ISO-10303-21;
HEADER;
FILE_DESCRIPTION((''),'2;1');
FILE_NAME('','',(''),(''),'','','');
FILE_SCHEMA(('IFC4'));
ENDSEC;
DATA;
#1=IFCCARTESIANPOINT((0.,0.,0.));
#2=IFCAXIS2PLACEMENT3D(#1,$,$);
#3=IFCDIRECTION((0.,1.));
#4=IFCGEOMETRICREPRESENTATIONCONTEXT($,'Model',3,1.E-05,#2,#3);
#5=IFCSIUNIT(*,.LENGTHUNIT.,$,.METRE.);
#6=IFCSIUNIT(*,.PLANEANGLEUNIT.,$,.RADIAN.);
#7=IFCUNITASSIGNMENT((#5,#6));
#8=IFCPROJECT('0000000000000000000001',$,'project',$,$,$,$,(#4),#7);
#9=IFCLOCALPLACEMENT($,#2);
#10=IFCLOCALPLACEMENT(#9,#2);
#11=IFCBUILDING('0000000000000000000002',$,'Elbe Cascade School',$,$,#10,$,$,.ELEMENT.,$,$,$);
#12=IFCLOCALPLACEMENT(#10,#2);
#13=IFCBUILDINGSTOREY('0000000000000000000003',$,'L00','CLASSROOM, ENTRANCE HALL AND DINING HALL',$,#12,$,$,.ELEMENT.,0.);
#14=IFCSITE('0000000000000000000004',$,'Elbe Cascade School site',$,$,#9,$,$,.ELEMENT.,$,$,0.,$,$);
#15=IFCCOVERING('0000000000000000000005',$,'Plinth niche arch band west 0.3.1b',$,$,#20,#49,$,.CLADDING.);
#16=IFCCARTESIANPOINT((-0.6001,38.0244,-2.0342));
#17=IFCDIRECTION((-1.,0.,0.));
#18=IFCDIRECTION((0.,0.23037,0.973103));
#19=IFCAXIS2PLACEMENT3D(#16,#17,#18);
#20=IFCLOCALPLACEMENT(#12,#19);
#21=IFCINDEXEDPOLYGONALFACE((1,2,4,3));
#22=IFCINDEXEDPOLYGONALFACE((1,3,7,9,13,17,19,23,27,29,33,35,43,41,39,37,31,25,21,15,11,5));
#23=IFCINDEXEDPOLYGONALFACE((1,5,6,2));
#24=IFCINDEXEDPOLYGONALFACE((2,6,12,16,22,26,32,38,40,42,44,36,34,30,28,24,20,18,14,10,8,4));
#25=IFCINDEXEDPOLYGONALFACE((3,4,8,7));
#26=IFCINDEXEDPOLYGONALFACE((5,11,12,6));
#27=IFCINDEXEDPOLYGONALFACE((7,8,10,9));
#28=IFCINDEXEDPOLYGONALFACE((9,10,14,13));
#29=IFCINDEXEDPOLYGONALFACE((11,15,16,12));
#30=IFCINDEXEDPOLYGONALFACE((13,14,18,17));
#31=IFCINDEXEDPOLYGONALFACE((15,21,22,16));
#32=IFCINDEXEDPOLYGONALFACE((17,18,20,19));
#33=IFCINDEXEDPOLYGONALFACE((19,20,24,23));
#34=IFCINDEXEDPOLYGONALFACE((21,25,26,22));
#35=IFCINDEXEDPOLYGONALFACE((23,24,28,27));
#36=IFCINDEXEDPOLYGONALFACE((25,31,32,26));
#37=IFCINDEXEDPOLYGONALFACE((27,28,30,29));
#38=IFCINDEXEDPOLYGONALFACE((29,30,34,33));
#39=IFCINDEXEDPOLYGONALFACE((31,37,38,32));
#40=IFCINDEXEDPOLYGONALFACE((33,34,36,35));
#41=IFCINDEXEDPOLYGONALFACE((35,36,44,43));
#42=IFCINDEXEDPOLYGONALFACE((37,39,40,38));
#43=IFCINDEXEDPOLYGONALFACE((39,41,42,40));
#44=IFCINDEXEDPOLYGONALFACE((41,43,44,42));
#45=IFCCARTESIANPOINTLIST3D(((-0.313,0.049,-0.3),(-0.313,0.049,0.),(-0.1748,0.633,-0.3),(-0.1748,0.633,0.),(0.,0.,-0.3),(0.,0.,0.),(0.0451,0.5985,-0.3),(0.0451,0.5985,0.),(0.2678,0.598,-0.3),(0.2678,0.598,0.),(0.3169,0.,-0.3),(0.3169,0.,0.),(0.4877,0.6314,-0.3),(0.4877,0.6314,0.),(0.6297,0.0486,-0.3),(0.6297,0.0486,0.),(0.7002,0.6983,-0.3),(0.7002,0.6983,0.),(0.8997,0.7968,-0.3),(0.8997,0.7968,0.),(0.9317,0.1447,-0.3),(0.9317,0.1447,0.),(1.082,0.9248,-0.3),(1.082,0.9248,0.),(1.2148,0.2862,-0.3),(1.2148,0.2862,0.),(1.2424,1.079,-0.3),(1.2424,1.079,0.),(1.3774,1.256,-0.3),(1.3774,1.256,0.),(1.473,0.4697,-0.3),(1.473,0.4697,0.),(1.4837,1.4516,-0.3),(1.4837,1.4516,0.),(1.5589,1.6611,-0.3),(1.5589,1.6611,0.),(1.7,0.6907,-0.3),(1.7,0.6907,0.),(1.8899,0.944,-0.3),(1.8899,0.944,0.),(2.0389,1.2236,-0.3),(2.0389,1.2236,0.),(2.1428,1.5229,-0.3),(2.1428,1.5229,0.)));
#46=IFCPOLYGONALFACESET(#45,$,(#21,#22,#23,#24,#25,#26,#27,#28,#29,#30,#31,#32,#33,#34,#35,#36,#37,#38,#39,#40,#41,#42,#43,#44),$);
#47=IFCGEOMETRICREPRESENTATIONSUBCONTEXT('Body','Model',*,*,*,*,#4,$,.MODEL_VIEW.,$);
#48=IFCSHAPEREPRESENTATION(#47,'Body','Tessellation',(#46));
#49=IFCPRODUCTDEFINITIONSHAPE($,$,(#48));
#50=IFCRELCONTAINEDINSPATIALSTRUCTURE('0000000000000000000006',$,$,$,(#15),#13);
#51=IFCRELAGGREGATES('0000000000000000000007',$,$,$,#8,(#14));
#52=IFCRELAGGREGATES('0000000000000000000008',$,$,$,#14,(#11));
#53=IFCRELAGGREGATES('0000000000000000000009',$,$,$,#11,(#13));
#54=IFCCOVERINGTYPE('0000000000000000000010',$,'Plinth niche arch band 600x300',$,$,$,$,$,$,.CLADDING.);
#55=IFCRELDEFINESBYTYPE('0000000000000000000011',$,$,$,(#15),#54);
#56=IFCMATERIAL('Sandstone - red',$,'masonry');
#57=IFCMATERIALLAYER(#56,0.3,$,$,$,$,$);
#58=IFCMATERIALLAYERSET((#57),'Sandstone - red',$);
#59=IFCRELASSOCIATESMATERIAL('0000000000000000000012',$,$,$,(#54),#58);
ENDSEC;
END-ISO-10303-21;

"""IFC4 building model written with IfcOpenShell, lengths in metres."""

from ifc_helpers import new_model, si_unit, direction, frame, origin, place, context, subcontext, project, spatial, polyline, outline, extrude, material, layer, layer_set, type_object, element, save


model = new_model("IFC4")

# Units and contexts
model_context = context("Model", 3, precision=1e-05, world=origin(), true_north=direction((0.0, 1.0)))
body_context = subcontext(model_context, "Body", "Model", "MODEL_VIEW")
ifc_project = project(units=[si_unit("LENGTHUNIT", "METRE"), si_unit("PLANEANGLEUNIT", "RADIAN")], contexts=[model_context])

# Site, building, storey
site_placement = place(None, origin())
site = spatial("IfcSite", under=ifc_project, at=site_placement, Name="Elbe Cascade School site", CompositionType="ELEMENT", RefElevation=0.0)
building_placement = place(site_placement, origin())
building = spatial("IfcBuilding", under=site, at=building_placement, Name="Elbe Cascade School", CompositionType="ELEMENT")
storey_placement = place(building_placement, origin())
storey = spatial("IfcBuildingStorey", under=building, at=storey_placement, Name="L00", Description="CLASSROOM, ENTRANCE HALL AND DINING HALL", CompositionType="ELEMENT", Elevation=0.0)

# Covering
ifc_material_1 = material(Name="Sandstone - red", Category="masonry")
ifc_layer_1 = layer(ifc_material_1, 0.3)
ifc_layer_set_1 = layer_set([ifc_layer_1], Name="Sandstone - red")
covering_type = type_object("IfcCoveringType", Name="Plinth niche arch band 600x300", PredefinedType="CLADDING", material=ifc_layer_set_1)
covering_placement = place(storey_placement, frame((-0.6001, 38.0244, -2.0342), z_axis=(-1.0, 0.0, 0.0), x_axis=(0.0, 0.23037, 0.973103)))
element("IfcCovering", 1, at=covering_placement, inside=storey, type_object=covering_type, Name="Plinth niche arch band west 0.3.1b", PredefinedType="CLADDING", context=body_context, shape_type="SweptSolid", body=[
    extrude(outline(polyline([(0.0, 0.0), (0.3169, 0.0), (0.6297, 0.0486), (0.9317, 0.1447), (1.2148, 0.2862), (1.473, 0.4697), (1.7, 0.6907), (1.8899, 0.944), (2.0389, 1.2236), (2.1428, 1.5229), (1.5589, 1.6611), (1.4837, 1.4516), (1.3774, 1.256), (1.2424, 1.079), (1.082, 0.9248), (0.8997, 0.7968), (0.7002, 0.6983), (0.4877, 0.6314), (0.2678, 0.598), (0.0451, 0.5985), (-0.1748, 0.633), (-0.313, 0.049), (0.0, 0.0)])), origin(), (0.0, 0.0, -1.0), 0.3),
])

save(model, "model.ifc")
